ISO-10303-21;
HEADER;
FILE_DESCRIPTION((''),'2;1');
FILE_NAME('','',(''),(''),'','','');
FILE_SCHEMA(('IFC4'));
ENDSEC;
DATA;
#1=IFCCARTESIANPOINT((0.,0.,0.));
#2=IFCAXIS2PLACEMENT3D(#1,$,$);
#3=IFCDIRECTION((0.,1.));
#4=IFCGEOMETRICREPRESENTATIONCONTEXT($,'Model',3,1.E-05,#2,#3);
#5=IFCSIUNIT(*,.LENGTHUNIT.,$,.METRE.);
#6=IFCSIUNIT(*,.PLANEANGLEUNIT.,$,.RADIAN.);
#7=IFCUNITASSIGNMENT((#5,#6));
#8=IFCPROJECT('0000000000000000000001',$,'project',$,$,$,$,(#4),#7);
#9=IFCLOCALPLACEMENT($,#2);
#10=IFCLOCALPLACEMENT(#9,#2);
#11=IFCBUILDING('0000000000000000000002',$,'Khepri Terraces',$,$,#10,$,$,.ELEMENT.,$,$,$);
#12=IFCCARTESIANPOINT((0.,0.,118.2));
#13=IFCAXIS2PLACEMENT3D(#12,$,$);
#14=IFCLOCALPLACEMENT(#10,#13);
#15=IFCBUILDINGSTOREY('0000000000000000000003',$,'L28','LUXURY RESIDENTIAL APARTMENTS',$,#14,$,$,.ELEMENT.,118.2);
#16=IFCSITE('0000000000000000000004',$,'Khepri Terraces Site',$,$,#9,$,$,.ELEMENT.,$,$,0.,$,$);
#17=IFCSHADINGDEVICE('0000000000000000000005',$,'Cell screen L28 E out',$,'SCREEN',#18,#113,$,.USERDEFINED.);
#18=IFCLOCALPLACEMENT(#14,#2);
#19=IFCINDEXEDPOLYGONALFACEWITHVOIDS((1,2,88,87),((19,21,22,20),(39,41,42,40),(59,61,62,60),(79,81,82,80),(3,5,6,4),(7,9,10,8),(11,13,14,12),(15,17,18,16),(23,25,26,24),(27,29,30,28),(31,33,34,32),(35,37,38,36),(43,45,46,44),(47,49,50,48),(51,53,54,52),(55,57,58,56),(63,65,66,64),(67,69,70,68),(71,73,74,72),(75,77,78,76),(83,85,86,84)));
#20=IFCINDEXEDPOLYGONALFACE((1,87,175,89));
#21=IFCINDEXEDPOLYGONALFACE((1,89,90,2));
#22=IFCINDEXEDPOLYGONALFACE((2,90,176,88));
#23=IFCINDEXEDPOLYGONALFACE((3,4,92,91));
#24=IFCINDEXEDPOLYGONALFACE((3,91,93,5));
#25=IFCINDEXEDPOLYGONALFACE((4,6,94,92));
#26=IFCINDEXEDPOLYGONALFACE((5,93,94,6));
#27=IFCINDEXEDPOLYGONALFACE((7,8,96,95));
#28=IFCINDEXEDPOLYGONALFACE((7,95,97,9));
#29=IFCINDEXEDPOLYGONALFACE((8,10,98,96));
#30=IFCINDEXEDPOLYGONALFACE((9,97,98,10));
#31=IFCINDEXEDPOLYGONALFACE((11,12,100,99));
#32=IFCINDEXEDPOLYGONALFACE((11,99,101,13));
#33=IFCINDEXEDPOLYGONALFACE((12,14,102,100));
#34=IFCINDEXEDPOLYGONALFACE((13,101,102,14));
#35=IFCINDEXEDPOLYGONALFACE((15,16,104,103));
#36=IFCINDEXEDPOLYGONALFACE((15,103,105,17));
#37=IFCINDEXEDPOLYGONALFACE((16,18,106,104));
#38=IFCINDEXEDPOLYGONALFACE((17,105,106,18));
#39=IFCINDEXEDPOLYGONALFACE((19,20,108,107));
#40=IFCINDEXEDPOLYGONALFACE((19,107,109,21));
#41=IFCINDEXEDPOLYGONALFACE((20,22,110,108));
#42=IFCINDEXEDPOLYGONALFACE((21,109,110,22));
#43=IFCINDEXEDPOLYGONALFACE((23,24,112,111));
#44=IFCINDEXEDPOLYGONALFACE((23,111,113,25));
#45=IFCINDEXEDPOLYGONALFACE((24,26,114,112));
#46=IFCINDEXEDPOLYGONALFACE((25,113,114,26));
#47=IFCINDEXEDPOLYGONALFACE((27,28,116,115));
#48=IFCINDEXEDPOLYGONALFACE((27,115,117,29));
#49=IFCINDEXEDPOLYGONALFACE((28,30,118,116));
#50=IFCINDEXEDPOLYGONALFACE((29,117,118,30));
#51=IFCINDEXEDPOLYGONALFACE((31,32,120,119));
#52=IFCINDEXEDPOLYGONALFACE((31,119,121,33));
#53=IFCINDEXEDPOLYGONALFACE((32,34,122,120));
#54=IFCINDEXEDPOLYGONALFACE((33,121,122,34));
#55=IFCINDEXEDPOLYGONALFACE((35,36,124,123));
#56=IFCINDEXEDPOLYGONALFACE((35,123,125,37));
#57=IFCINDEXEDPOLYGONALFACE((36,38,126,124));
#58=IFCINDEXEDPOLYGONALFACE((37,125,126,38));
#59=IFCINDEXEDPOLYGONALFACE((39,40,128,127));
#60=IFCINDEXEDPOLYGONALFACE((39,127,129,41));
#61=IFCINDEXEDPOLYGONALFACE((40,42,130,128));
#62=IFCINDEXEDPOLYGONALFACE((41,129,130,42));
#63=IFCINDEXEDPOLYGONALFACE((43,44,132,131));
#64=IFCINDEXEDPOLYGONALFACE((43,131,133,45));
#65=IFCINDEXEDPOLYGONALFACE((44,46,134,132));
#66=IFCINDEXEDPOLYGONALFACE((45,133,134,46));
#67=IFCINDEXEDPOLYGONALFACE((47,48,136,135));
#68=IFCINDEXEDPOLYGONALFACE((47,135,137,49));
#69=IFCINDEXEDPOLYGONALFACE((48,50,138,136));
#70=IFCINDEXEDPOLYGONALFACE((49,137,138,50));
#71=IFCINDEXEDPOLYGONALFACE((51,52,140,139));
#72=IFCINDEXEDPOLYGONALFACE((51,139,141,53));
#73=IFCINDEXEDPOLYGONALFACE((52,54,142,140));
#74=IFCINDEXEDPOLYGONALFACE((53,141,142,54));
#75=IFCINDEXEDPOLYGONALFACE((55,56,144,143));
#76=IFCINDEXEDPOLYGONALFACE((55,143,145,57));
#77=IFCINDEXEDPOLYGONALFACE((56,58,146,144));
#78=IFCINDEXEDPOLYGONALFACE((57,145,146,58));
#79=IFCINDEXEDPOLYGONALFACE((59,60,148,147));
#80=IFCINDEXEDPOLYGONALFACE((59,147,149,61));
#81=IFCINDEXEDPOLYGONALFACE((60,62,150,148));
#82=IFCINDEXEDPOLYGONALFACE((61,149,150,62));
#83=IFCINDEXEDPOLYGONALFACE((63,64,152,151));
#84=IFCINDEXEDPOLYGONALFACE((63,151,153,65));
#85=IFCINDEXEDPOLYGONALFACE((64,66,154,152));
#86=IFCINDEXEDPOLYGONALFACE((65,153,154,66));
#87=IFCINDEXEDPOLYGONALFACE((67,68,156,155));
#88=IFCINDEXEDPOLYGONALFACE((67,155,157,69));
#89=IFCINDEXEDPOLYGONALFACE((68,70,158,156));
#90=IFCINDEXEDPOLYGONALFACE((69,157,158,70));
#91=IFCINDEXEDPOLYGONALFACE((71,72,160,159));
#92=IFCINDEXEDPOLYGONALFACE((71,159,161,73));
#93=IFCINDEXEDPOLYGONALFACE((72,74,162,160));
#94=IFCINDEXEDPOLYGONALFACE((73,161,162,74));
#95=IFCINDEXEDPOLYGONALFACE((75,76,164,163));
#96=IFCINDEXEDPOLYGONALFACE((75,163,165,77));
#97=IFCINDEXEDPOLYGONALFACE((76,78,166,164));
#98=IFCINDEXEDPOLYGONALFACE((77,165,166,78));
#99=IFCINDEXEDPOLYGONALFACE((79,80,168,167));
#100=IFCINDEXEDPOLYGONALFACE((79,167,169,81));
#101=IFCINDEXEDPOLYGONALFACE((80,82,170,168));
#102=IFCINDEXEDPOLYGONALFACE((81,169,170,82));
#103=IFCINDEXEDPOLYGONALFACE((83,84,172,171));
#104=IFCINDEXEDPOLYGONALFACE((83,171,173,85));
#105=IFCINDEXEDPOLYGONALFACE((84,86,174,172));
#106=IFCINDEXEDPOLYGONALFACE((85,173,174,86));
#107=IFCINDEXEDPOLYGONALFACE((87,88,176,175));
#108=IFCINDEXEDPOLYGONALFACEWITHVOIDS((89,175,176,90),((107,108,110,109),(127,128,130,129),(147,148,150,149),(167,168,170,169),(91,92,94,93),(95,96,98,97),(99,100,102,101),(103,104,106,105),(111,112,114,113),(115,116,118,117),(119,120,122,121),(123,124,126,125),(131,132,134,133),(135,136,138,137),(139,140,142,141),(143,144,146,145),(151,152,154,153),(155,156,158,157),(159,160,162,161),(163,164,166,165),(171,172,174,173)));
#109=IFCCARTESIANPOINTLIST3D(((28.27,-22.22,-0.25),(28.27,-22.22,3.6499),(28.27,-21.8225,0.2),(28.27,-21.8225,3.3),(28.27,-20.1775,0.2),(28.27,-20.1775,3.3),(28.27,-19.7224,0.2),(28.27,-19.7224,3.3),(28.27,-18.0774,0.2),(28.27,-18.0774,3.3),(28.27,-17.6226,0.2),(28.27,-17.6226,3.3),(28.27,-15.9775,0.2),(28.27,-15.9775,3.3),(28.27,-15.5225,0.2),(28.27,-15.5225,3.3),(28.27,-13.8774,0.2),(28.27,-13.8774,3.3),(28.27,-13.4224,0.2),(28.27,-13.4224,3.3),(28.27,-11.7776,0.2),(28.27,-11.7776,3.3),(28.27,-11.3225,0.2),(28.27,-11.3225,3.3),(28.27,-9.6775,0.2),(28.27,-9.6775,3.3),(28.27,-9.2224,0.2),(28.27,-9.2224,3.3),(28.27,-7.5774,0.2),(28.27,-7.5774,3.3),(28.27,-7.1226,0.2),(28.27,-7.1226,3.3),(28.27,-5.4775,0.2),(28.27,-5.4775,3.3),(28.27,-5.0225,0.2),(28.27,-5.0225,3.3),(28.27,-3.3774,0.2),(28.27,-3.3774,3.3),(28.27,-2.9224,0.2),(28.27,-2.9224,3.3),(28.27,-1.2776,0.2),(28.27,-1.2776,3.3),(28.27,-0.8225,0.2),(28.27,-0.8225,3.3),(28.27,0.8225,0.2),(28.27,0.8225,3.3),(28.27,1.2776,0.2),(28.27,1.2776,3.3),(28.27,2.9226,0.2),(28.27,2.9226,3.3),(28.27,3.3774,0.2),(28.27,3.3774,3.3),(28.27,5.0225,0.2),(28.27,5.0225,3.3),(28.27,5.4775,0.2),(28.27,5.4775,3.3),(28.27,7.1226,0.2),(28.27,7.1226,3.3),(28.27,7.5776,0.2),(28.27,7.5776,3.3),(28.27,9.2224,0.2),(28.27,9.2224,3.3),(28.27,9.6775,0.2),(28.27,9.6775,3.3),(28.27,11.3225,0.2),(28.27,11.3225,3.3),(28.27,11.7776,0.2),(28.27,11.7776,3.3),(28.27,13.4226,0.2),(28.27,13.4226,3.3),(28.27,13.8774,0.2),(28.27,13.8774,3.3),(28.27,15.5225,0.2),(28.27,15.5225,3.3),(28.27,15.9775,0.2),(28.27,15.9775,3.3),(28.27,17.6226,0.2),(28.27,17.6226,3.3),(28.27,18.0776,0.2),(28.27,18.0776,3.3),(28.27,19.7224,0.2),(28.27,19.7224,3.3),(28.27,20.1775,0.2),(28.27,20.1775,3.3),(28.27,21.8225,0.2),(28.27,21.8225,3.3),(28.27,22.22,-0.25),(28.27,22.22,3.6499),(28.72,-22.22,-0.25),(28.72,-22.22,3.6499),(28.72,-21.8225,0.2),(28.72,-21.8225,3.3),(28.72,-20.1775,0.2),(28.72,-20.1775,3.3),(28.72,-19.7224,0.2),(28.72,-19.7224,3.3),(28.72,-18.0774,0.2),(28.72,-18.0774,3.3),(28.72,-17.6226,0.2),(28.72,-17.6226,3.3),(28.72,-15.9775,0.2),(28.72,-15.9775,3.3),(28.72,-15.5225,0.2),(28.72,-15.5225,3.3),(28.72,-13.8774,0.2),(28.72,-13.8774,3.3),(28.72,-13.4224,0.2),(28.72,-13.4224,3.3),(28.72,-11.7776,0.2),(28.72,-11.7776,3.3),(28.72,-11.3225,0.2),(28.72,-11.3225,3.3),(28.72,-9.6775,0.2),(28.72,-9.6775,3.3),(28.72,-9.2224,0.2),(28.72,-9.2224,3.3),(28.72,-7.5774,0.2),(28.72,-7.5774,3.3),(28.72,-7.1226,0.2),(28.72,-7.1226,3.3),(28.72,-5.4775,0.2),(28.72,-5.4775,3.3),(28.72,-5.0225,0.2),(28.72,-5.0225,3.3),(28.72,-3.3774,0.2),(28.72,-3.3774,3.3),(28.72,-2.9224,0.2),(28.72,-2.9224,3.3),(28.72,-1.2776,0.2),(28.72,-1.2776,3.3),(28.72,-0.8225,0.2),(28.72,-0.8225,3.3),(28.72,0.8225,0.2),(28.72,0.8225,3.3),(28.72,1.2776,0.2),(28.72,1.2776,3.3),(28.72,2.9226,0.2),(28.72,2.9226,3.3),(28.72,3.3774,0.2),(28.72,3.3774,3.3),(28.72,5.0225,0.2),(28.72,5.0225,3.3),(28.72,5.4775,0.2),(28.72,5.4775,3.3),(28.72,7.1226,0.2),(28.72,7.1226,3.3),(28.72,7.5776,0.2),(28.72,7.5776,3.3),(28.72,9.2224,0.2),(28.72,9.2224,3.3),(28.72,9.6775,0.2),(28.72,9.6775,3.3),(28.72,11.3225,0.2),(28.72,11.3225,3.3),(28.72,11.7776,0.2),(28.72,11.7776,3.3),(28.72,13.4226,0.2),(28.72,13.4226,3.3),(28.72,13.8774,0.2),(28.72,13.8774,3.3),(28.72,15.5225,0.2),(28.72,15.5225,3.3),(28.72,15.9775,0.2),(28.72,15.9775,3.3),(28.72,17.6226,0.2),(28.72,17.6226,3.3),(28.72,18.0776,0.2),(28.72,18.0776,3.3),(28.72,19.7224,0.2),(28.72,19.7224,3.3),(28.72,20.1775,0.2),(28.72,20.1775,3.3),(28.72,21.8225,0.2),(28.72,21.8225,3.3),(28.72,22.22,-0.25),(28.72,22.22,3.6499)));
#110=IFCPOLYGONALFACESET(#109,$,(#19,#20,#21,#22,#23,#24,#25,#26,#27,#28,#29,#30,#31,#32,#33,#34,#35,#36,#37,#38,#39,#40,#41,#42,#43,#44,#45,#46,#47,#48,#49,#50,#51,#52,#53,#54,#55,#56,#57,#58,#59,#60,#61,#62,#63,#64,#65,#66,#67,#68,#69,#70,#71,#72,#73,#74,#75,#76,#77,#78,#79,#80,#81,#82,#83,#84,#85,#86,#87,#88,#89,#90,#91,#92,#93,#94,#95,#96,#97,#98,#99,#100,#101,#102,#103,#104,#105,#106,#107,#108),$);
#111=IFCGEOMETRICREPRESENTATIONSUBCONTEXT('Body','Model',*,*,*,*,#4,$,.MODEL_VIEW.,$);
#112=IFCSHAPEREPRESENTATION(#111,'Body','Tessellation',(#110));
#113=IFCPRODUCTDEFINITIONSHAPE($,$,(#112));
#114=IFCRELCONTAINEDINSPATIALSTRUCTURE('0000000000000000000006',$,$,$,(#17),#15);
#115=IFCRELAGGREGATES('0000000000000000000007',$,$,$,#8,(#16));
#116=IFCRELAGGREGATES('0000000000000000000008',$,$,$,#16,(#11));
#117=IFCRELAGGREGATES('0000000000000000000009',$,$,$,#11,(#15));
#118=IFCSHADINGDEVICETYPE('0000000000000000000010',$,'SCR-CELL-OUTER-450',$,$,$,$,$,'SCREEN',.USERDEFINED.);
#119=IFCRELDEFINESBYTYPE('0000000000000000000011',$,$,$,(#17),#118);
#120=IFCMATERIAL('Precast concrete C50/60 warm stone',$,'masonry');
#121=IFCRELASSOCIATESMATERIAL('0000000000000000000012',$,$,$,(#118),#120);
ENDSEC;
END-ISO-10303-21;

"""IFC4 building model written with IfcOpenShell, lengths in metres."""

from ifc_helpers import new_model, si_unit, direction, frame, origin, place, context, subcontext, project, spatial, polyline, outline, extrude, material, type_object, element, save


model = new_model("IFC4")

# Units and contexts
model_context = context("Model", 3, precision=1e-05, world=origin(), true_north=direction((0.0, 1.0)))
body_context = subcontext(model_context, "Body", "Model", "MODEL_VIEW")
ifc_project = project(units=[si_unit("LENGTHUNIT", "METRE"), si_unit("PLANEANGLEUNIT", "RADIAN")], contexts=[model_context])

# Site, building, storey
site_placement = place(None, origin())
site = spatial("IfcSite", under=ifc_project, at=site_placement, Name="Khepri Terraces Site", CompositionType="ELEMENT", RefElevation=0.0)
building_placement = place(site_placement, origin())
building = spatial("IfcBuilding", under=site, at=building_placement, Name="Khepri Terraces", CompositionType="ELEMENT")
storey_placement = place(building_placement, frame((0.0, 0.0, 118.2)))
storey = spatial("IfcBuildingStorey", under=building, at=storey_placement, Name="L28", Description="LUXURY RESIDENTIAL APARTMENTS", CompositionType="ELEMENT", Elevation=118.2)

# Shared definitions
ifc_material_1 = material(Name="Precast concrete C50/60 warm stone", Category="masonry")

# Shading device
shading_device_type_1 = type_object("IfcShadingDeviceType", Name="SCR-CELL-OUTER-450", ElementType="SCREEN", PredefinedType="USERDEFINED", material=ifc_material_1)
shading_device_1_placement = place(storey_placement, frame((28.27, -22.22, -0.25), z_axis=(1.0, 0.0, 0.0), x_axis=(0.0, 1.0, 0.0)))
element("IfcShadingDevice", 1, at=shading_device_1_placement, inside=storey, type_object=shading_device_type_1, Name="Cell screen L28 E out", ObjectType="SCREEN", PredefinedType="USERDEFINED", context=body_context, shape_type="SweptSolid", body=[
    extrude(outline(polyline([(0.0, 0.0), (44.4399, 0.0), (44.4399, 3.8999), (0.0, 3.8999), (0.0, 0.0)]), holes=[polyline([(0.3975, 0.45), (2.0425, 0.45), (2.0425, 3.55), (0.3975, 3.55), (0.3975, 0.45)]), polyline([(2.4976, 0.45), (4.1426, 0.45), (4.1426, 3.55), (2.4976, 3.55), (2.4976, 0.45)]), polyline([(4.5974, 0.45), (6.2424, 0.45), (6.2424, 3.55), (4.5974, 3.55), (4.5974, 0.45)]), polyline([(6.6975, 0.45), (8.3425, 0.45), (8.3425, 3.55), (6.6975, 3.55), (6.6975, 0.45)]), polyline([(8.7976, 0.45), (10.4424, 0.45), (10.4424, 3.55), (8.7976, 3.55), (8.7976, 0.45)]), polyline([(10.8975, 0.45), (12.5425, 0.45), (12.5425, 3.55), (10.8975, 3.55), (10.8975, 0.45)]), polyline([(12.9976, 0.45), (14.6426, 0.45), (14.6426, 3.55), (12.9976, 3.55), (12.9976, 0.45)]), polyline([(15.0974, 0.45), (16.7424, 0.45), (16.7424, 3.55), (15.0974, 3.55), (15.0974, 0.45)]), polyline([(17.1975, 0.45), (18.8425, 0.45), (18.8425, 3.55), (17.1975, 3.55), (17.1975, 0.45)]), polyline([(19.2976, 0.45), (20.9424, 0.45), (20.9424, 3.55), (19.2976, 3.55), (19.2976, 0.45)]), polyline([(21.3975, 0.45), (23.0425, 0.45), (23.0425, 3.55), (21.3975, 3.55), (21.3975, 0.45)]), polyline([(23.4976, 0.45), (25.1426, 0.45), (25.1426, 3.55), (23.4976, 3.55), (23.4976, 0.45)]), polyline([(25.5974, 0.45), (27.2424, 0.45), (27.2424, 3.55), (25.5974, 3.55), (25.5974, 0.45)]), polyline([(27.6975, 0.45), (29.3425, 0.45), (29.3425, 3.55), (27.6975, 3.55), (27.6975, 0.45)]), polyline([(29.7976, 0.45), (31.4424, 0.45), (31.4424, 3.55), (29.7976, 3.55), (29.7976, 0.45)]), polyline([(31.8975, 0.45), (33.5425, 0.45), (33.5425, 3.55), (31.8975, 3.55), (31.8975, 0.45)]), polyline([(33.9976, 0.45), (35.6426, 0.45), (35.6426, 3.55), (33.9976, 3.55), (33.9976, 0.45)]), polyline([(36.0974, 0.45), (37.7424, 0.45), (37.7424, 3.55), (36.0974, 3.55), (36.0974, 0.45)]), polyline([(38.1975, 0.45), (39.8425, 0.45), (39.8425, 3.55), (38.1975, 3.55), (38.1975, 0.45)]), polyline([(40.2976, 0.45), (41.9424, 0.45), (41.9424, 3.55), (40.2976, 3.55), (40.2976, 0.45)]), polyline([(42.3975, 0.45), (44.0425, 0.45), (44.0425, 3.55), (42.3975, 3.55), (42.3975, 0.45)])]), origin(), (0.0, 0.0, 1.0), 0.45),
])

save(model, "model.ifc")
